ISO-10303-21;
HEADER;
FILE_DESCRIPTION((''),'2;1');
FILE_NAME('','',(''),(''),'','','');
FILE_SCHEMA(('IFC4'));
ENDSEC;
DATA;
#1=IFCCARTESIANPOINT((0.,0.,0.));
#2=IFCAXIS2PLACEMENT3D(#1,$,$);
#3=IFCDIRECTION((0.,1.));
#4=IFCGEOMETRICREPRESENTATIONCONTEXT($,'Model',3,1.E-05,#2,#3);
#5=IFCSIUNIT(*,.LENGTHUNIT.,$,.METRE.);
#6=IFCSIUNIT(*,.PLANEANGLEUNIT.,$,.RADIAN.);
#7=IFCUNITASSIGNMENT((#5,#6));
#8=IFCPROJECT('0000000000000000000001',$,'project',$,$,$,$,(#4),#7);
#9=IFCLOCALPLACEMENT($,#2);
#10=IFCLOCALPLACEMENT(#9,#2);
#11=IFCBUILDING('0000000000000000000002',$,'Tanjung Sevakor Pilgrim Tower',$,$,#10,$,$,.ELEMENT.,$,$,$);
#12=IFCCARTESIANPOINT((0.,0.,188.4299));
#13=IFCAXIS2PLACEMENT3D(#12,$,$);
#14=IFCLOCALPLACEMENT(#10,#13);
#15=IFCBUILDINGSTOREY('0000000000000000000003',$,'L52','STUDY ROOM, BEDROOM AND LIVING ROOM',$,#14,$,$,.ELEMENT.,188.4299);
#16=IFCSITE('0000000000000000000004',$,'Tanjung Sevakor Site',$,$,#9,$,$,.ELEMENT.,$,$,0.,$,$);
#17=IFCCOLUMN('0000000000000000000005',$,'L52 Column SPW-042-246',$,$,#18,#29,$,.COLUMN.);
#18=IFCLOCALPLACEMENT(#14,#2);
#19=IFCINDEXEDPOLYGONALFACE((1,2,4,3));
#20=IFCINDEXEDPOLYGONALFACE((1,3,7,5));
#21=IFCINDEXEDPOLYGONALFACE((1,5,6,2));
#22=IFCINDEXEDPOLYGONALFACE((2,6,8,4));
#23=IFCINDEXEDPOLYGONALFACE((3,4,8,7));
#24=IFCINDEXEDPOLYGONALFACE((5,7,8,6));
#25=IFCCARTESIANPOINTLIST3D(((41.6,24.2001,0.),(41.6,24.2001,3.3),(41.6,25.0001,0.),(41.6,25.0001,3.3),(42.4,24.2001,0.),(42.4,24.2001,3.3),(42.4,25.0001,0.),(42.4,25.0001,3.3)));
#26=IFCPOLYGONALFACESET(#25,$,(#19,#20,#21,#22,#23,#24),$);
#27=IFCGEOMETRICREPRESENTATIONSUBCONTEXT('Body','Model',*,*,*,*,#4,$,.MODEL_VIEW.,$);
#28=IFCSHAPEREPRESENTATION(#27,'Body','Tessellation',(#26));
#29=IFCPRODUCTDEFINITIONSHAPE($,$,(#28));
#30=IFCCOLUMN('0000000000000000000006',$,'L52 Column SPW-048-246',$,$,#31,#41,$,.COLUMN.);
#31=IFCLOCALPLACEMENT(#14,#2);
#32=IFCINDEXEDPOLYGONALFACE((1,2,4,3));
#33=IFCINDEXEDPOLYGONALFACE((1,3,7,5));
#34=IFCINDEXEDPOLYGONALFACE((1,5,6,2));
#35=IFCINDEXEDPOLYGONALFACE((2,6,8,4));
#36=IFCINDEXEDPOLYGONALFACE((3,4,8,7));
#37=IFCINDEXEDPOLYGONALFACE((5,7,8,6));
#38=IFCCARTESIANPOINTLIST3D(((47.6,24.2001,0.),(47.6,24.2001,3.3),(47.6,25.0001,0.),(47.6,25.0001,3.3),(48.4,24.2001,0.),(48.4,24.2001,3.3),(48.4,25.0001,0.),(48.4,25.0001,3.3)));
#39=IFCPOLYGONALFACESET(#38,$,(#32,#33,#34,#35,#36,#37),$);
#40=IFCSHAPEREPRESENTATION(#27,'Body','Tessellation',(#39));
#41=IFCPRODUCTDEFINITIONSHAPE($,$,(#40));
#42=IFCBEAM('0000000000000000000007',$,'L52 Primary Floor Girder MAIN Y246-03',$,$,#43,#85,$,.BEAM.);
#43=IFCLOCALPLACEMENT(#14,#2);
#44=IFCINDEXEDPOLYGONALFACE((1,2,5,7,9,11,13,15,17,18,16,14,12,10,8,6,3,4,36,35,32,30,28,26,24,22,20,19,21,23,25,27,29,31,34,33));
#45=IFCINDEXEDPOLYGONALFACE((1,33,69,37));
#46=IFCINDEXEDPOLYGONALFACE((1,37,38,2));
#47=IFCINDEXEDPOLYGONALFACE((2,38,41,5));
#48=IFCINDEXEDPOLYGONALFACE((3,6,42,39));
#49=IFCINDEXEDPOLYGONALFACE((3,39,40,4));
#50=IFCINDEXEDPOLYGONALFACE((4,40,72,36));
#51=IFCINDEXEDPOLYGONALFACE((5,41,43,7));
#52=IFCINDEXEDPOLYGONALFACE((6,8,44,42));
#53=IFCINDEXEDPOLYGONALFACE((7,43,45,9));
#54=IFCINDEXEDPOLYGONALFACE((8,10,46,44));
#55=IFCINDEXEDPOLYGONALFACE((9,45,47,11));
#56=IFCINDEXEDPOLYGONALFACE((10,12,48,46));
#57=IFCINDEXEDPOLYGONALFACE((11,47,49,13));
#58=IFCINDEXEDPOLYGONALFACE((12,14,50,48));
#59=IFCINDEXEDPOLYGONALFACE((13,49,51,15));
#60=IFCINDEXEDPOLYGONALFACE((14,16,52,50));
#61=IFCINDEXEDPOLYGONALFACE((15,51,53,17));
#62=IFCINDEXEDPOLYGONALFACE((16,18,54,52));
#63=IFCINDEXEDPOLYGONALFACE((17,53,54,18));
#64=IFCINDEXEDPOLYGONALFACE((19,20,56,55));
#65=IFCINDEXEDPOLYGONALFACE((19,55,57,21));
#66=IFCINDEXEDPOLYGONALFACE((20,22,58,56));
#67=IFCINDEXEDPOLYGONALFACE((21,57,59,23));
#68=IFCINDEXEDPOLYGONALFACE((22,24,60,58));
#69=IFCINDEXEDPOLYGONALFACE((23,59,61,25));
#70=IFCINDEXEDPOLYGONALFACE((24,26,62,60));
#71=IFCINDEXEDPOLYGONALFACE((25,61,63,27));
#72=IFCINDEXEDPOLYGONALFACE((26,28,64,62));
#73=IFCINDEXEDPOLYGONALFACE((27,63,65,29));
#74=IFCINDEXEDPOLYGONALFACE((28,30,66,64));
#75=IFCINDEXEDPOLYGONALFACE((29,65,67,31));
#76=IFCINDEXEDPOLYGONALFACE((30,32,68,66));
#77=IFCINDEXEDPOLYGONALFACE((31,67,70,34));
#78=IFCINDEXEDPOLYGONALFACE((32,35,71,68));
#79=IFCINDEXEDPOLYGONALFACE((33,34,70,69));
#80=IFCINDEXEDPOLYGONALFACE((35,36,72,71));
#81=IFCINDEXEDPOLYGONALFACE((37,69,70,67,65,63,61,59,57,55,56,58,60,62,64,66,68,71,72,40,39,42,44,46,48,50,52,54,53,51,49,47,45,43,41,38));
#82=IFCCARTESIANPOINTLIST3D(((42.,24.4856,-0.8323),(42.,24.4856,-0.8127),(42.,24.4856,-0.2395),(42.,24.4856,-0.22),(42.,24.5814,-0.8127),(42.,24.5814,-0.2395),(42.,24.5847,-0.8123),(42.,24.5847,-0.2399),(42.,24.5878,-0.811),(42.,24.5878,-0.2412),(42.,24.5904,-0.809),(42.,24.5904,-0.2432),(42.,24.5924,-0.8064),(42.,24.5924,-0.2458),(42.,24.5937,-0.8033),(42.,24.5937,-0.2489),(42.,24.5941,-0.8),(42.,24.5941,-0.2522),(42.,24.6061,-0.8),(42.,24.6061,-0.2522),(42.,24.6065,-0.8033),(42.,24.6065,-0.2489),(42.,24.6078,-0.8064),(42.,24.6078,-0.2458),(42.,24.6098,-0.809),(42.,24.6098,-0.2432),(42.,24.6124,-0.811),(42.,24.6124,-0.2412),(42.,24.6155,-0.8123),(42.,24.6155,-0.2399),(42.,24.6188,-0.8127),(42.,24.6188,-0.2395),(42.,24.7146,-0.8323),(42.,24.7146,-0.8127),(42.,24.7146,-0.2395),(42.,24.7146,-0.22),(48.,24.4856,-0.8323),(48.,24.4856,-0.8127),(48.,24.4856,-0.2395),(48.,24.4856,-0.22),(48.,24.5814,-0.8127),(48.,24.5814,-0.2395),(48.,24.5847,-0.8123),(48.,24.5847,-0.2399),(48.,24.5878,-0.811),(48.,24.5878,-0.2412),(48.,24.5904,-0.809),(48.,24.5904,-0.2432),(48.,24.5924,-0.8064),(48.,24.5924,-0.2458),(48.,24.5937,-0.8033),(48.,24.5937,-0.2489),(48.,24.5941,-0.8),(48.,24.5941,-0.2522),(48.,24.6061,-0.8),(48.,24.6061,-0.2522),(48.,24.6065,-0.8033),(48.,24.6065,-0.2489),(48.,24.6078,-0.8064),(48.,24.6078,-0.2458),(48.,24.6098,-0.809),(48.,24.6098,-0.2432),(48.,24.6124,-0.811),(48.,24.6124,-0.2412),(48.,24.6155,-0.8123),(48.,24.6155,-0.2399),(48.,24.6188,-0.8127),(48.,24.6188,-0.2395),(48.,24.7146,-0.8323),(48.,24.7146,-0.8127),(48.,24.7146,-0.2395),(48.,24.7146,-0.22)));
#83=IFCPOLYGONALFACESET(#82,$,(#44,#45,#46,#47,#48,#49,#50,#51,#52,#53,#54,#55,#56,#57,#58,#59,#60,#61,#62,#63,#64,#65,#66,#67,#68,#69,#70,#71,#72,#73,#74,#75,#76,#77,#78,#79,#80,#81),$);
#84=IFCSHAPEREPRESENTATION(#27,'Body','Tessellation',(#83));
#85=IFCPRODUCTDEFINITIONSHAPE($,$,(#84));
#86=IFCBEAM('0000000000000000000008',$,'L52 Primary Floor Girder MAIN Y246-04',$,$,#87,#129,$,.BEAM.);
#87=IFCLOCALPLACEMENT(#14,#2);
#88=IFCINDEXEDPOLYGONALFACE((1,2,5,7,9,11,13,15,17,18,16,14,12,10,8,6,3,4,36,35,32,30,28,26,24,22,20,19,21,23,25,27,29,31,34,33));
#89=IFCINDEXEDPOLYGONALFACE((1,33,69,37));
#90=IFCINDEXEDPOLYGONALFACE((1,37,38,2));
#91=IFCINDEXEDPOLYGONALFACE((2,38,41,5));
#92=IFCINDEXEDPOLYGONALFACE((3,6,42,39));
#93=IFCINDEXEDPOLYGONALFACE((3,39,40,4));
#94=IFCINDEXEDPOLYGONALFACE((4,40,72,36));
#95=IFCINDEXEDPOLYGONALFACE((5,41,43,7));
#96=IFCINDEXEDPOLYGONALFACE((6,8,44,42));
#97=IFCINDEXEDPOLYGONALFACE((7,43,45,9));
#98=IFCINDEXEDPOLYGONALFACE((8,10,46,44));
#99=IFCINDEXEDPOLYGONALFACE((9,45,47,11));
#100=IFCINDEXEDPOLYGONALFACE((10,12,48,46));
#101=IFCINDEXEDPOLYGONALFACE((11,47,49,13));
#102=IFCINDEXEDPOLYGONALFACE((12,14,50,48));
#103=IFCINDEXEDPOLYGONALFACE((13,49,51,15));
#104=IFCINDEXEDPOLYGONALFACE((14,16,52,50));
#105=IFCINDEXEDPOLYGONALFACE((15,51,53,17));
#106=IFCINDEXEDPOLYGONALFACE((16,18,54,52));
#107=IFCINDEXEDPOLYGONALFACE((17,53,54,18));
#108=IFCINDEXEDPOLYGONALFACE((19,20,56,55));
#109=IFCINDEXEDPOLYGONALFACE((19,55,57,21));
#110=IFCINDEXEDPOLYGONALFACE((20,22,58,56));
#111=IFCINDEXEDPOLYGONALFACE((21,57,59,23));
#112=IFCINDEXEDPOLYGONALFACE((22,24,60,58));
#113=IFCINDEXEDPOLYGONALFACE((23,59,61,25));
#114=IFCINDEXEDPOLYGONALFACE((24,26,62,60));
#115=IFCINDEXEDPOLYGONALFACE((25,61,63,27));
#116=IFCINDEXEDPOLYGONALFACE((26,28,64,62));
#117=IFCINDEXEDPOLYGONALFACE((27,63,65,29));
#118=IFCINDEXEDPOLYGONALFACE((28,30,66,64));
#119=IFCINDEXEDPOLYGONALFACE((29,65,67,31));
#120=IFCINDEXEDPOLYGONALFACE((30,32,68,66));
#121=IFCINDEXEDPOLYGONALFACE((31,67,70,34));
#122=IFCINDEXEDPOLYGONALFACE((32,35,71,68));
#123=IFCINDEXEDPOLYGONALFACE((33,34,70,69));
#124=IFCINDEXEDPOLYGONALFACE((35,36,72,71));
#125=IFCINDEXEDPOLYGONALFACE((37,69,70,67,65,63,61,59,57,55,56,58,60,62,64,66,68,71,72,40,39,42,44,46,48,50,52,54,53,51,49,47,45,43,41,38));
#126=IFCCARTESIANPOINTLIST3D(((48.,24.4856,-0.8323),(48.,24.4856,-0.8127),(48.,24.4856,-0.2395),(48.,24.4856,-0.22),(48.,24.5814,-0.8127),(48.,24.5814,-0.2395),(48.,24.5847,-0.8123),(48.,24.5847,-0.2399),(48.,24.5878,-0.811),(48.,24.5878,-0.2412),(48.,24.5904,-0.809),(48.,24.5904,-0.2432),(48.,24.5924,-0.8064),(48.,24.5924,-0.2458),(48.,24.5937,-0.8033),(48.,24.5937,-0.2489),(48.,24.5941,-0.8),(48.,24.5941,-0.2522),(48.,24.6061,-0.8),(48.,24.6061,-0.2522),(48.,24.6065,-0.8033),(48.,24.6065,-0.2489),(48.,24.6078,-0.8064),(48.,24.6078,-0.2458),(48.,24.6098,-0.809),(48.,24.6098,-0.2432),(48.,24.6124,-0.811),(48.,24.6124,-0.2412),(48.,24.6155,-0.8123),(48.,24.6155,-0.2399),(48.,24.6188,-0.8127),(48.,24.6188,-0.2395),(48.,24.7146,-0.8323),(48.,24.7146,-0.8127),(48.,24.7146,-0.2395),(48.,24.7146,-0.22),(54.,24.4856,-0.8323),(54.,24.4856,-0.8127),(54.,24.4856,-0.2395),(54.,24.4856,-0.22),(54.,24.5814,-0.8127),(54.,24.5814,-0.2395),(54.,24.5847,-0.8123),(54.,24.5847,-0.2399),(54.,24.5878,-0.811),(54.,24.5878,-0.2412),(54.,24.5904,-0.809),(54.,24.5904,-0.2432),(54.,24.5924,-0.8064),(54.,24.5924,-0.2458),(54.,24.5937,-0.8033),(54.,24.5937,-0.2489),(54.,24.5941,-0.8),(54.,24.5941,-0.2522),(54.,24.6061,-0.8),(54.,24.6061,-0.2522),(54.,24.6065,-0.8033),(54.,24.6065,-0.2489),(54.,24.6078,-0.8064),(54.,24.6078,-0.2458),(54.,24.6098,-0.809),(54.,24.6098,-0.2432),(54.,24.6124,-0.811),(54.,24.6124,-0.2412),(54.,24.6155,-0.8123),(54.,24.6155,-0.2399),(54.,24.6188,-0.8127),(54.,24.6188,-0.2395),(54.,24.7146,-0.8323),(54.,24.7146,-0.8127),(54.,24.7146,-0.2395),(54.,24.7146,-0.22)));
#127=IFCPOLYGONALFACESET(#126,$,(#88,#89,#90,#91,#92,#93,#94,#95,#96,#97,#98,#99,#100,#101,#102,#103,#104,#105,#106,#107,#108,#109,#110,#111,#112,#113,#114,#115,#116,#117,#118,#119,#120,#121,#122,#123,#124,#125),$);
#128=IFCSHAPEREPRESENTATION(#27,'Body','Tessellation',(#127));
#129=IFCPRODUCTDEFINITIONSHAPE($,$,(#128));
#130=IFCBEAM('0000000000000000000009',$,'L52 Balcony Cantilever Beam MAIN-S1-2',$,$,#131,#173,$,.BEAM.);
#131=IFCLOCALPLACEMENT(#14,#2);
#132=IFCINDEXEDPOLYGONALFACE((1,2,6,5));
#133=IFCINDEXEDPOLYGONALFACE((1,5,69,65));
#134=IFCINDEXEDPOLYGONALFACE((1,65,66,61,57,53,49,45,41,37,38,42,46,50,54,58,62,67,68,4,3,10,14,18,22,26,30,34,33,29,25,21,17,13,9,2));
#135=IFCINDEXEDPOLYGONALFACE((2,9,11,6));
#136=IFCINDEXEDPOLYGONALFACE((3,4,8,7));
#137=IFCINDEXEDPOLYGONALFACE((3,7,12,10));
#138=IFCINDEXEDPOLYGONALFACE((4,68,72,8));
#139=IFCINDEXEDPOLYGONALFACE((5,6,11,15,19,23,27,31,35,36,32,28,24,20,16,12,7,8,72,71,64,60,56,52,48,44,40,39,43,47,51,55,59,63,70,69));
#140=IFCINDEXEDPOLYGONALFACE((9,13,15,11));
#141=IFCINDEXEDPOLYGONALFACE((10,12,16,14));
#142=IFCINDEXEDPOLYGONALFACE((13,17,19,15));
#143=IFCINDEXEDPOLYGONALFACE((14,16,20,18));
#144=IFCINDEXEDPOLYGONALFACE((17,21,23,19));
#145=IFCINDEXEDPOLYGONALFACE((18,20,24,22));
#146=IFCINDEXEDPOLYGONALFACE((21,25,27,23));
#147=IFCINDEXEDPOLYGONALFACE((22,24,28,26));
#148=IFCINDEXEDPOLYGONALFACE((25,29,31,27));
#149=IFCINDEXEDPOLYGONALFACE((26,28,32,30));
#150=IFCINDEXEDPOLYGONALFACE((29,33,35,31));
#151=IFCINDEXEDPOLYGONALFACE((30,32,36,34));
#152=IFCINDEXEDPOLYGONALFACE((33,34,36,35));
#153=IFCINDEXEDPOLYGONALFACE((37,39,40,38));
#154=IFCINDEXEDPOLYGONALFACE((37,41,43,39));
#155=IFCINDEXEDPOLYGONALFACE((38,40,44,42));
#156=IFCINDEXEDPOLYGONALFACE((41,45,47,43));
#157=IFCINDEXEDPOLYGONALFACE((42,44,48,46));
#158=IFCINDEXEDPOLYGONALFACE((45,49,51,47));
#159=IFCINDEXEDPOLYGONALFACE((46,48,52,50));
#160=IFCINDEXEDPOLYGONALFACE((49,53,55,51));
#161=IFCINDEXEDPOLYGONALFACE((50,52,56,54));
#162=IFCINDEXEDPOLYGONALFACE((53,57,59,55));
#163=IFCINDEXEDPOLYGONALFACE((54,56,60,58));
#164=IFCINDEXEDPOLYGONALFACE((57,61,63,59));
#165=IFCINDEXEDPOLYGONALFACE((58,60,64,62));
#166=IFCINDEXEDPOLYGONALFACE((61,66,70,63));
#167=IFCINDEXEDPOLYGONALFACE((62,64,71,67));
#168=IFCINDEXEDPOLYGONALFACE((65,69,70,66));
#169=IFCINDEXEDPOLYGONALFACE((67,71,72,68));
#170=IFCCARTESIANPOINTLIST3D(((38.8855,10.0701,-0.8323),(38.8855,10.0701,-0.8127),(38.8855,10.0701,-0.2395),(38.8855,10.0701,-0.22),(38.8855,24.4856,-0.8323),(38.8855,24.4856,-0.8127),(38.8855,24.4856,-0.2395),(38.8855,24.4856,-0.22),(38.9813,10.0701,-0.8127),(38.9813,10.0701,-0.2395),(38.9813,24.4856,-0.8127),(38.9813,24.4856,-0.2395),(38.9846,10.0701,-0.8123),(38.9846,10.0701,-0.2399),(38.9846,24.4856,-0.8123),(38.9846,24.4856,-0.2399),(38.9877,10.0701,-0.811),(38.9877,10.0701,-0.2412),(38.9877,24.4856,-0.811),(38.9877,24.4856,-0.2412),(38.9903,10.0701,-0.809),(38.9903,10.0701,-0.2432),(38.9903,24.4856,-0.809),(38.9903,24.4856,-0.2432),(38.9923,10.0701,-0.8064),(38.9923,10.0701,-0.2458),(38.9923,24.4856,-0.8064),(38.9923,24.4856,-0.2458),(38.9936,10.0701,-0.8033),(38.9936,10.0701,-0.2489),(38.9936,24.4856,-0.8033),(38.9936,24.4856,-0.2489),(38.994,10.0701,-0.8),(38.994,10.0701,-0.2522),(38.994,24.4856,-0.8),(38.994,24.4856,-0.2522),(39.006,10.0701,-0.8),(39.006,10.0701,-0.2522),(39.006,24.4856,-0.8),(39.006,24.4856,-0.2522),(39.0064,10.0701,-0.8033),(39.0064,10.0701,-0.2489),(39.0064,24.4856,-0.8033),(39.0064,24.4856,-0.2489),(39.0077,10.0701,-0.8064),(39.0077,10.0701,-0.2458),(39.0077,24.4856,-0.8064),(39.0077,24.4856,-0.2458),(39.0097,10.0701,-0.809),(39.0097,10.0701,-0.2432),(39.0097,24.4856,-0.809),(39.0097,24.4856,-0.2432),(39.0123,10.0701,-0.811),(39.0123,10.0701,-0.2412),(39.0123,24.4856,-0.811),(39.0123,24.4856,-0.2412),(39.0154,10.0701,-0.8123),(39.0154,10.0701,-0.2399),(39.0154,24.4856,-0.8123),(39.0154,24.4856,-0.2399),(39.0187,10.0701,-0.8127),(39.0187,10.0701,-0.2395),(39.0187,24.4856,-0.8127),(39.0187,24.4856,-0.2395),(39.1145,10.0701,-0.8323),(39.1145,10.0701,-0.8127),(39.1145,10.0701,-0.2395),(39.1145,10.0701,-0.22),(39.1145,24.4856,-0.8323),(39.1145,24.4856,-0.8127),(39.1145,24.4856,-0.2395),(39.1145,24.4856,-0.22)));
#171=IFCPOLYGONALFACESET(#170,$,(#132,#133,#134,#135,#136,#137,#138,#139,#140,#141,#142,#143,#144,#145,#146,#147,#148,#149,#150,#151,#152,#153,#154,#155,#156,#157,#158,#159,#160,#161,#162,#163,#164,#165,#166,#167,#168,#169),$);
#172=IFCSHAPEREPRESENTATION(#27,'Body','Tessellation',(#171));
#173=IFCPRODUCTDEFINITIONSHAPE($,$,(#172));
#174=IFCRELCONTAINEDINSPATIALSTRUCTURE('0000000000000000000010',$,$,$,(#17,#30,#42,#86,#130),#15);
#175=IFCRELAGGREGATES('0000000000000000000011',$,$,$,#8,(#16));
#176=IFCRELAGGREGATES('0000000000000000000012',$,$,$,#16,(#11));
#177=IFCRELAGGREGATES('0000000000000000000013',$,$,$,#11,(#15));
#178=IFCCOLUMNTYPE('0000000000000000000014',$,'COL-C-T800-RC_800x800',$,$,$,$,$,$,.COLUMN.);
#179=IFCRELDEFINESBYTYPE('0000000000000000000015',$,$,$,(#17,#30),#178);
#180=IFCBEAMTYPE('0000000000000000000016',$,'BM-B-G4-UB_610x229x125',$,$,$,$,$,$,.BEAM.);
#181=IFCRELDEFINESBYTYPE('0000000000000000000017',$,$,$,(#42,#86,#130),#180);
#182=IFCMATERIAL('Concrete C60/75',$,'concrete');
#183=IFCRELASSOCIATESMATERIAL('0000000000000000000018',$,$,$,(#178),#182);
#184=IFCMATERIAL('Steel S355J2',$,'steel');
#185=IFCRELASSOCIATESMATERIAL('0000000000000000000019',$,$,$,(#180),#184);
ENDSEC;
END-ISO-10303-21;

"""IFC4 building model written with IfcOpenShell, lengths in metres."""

from ifc_helpers import new_model, si_unit, direction, frame, origin, origin_2d, place, context, subcontext, project, spatial, rectangle, i_section, extrude, material, material_profile, profile_set, type_object, element, save


model = new_model("IFC4")

# Units and contexts
model_context = context("Model", 3, precision=1e-05, world=origin(), true_north=direction((0.0, 1.0)))
body_context = subcontext(model_context, "Body", "Model", "MODEL_VIEW")
ifc_project = project(units=[si_unit("LENGTHUNIT", "METRE"), si_unit("PLANEANGLEUNIT", "RADIAN")], contexts=[model_context])

# Site, building, storey
site_placement = place(None, origin())
site = spatial("IfcSite", under=ifc_project, at=site_placement, Name="Tanjung Sevakor Site", CompositionType="ELEMENT", RefElevation=0.0)
building_placement = place(site_placement, origin())
building = spatial("IfcBuilding", under=site, at=building_placement, Name="Tanjung Sevakor Pilgrim Tower", CompositionType="ELEMENT")
storey_placement = place(building_placement, frame((0.0, 0.0, 188.4299)))
storey = spatial("IfcBuildingStorey", under=building, at=storey_placement, Name="L52", Description="STUDY ROOM, BEDROOM AND LIVING ROOM", CompositionType="ELEMENT", Elevation=188.4299)

# Columns
ifc_material_1 = material(Name="Concrete C60/75", Category="concrete")
ifc_material_profile_1 = material_profile(ifc_material_1, rectangle(XDim=0.8, YDim=0.8, at=origin_2d()))
ifc_profile_set_1 = profile_set([ifc_material_profile_1], Name="Concrete C60/75")
column_type = type_object("IfcColumnType", Name="COL-C-T800-RC_800x800", PredefinedType="COLUMN", material=ifc_profile_set_1)
for number, where, z_axis, x_axis, name in (
    (1, (42.0, 24.6001, 0.0), (0.0, 0.0, 1.0), (1.0, 0.0, 0.0), "L52 Column SPW-042-246"),
    (2, (48.0, 24.6001, 0.0), (0.0, 0.0, 1.0), (1.0, 0.0, 0.0), "L52 Column SPW-048-246"),
):
    element("IfcColumn", number, at=place(storey_placement, frame(where, z_axis=z_axis, x_axis=x_axis)), inside=storey, type_object=column_type, Name=name, PredefinedType="COLUMN", context=body_context, shape_type="SweptSolid", body=[
        extrude(rectangle(XDim=0.8, YDim=0.8, at=origin_2d()), origin(), (0.0, 0.0, 1.0), 3.3),
    ])

# Beams
ifc_material_2 = material(Name="Steel S355J2", Category="steel")
ifc_material_profile_2 = material_profile(ifc_material_2, i_section(OverallWidth=0.229, OverallDepth=0.6123, WebThickness=0.012, FlangeThickness=0.0195, FilletRadius=0.0127, at=origin_2d()))
ifc_profile_set_2 = profile_set([ifc_material_profile_2], Name="Steel S355J2")
beam_type_1 = type_object("IfcBeamType", Name="BM-B-G4-UB_610x229x125", PredefinedType="BEAM", material=ifc_profile_set_2)
for number, where, z_axis, x_axis, name in (
    (3, (42.0, 24.6001, -0.5261), (1.0, 0.0, 0.0), (0.0, 1.0, 0.0), "L52 Primary Floor Girder MAIN Y246-03"),
    (4, (48.0, 24.6001, -0.5261), (1.0, 0.0, 0.0), (0.0, 1.0, 0.0), "L52 Primary Floor Girder MAIN Y246-04"),
):
    element("IfcBeam", number, at=place(storey_placement, frame(where, z_axis=z_axis, x_axis=x_axis)), inside=storey, type_object=beam_type_1, Name=name, PredefinedType="BEAM", context=body_context, shape_type="SweptSolid", body=[
        extrude(i_section(OverallWidth=0.229, OverallDepth=0.6123, WebThickness=0.012, FlangeThickness=0.0195, FilletRadius=0.0127, at=origin_2d()), origin(), (0.0, 0.0, 1.0), 6.0),
    ])
beam_1_placement = place(storey_placement, frame((39.0, 24.4856, -0.5261), z_axis=(0.0, -1.0, 0.0), x_axis=(1.0, 0.0, 0.0)))
element("IfcBeam", 5, at=beam_1_placement, inside=storey, type_object=beam_type_1, Name="L52 Balcony Cantilever Beam MAIN-S1-2", PredefinedType="BEAM", context=body_context, shape_type="SweptSolid", body=[
    extrude(i_section(OverallWidth=0.229, OverallDepth=0.6123, WebThickness=0.012, FlangeThickness=0.0195, FilletRadius=0.0127, at=origin_2d()), origin(), (0.0, 0.0, 1.0), 14.4155),
])

save(model, "model.ifc")
